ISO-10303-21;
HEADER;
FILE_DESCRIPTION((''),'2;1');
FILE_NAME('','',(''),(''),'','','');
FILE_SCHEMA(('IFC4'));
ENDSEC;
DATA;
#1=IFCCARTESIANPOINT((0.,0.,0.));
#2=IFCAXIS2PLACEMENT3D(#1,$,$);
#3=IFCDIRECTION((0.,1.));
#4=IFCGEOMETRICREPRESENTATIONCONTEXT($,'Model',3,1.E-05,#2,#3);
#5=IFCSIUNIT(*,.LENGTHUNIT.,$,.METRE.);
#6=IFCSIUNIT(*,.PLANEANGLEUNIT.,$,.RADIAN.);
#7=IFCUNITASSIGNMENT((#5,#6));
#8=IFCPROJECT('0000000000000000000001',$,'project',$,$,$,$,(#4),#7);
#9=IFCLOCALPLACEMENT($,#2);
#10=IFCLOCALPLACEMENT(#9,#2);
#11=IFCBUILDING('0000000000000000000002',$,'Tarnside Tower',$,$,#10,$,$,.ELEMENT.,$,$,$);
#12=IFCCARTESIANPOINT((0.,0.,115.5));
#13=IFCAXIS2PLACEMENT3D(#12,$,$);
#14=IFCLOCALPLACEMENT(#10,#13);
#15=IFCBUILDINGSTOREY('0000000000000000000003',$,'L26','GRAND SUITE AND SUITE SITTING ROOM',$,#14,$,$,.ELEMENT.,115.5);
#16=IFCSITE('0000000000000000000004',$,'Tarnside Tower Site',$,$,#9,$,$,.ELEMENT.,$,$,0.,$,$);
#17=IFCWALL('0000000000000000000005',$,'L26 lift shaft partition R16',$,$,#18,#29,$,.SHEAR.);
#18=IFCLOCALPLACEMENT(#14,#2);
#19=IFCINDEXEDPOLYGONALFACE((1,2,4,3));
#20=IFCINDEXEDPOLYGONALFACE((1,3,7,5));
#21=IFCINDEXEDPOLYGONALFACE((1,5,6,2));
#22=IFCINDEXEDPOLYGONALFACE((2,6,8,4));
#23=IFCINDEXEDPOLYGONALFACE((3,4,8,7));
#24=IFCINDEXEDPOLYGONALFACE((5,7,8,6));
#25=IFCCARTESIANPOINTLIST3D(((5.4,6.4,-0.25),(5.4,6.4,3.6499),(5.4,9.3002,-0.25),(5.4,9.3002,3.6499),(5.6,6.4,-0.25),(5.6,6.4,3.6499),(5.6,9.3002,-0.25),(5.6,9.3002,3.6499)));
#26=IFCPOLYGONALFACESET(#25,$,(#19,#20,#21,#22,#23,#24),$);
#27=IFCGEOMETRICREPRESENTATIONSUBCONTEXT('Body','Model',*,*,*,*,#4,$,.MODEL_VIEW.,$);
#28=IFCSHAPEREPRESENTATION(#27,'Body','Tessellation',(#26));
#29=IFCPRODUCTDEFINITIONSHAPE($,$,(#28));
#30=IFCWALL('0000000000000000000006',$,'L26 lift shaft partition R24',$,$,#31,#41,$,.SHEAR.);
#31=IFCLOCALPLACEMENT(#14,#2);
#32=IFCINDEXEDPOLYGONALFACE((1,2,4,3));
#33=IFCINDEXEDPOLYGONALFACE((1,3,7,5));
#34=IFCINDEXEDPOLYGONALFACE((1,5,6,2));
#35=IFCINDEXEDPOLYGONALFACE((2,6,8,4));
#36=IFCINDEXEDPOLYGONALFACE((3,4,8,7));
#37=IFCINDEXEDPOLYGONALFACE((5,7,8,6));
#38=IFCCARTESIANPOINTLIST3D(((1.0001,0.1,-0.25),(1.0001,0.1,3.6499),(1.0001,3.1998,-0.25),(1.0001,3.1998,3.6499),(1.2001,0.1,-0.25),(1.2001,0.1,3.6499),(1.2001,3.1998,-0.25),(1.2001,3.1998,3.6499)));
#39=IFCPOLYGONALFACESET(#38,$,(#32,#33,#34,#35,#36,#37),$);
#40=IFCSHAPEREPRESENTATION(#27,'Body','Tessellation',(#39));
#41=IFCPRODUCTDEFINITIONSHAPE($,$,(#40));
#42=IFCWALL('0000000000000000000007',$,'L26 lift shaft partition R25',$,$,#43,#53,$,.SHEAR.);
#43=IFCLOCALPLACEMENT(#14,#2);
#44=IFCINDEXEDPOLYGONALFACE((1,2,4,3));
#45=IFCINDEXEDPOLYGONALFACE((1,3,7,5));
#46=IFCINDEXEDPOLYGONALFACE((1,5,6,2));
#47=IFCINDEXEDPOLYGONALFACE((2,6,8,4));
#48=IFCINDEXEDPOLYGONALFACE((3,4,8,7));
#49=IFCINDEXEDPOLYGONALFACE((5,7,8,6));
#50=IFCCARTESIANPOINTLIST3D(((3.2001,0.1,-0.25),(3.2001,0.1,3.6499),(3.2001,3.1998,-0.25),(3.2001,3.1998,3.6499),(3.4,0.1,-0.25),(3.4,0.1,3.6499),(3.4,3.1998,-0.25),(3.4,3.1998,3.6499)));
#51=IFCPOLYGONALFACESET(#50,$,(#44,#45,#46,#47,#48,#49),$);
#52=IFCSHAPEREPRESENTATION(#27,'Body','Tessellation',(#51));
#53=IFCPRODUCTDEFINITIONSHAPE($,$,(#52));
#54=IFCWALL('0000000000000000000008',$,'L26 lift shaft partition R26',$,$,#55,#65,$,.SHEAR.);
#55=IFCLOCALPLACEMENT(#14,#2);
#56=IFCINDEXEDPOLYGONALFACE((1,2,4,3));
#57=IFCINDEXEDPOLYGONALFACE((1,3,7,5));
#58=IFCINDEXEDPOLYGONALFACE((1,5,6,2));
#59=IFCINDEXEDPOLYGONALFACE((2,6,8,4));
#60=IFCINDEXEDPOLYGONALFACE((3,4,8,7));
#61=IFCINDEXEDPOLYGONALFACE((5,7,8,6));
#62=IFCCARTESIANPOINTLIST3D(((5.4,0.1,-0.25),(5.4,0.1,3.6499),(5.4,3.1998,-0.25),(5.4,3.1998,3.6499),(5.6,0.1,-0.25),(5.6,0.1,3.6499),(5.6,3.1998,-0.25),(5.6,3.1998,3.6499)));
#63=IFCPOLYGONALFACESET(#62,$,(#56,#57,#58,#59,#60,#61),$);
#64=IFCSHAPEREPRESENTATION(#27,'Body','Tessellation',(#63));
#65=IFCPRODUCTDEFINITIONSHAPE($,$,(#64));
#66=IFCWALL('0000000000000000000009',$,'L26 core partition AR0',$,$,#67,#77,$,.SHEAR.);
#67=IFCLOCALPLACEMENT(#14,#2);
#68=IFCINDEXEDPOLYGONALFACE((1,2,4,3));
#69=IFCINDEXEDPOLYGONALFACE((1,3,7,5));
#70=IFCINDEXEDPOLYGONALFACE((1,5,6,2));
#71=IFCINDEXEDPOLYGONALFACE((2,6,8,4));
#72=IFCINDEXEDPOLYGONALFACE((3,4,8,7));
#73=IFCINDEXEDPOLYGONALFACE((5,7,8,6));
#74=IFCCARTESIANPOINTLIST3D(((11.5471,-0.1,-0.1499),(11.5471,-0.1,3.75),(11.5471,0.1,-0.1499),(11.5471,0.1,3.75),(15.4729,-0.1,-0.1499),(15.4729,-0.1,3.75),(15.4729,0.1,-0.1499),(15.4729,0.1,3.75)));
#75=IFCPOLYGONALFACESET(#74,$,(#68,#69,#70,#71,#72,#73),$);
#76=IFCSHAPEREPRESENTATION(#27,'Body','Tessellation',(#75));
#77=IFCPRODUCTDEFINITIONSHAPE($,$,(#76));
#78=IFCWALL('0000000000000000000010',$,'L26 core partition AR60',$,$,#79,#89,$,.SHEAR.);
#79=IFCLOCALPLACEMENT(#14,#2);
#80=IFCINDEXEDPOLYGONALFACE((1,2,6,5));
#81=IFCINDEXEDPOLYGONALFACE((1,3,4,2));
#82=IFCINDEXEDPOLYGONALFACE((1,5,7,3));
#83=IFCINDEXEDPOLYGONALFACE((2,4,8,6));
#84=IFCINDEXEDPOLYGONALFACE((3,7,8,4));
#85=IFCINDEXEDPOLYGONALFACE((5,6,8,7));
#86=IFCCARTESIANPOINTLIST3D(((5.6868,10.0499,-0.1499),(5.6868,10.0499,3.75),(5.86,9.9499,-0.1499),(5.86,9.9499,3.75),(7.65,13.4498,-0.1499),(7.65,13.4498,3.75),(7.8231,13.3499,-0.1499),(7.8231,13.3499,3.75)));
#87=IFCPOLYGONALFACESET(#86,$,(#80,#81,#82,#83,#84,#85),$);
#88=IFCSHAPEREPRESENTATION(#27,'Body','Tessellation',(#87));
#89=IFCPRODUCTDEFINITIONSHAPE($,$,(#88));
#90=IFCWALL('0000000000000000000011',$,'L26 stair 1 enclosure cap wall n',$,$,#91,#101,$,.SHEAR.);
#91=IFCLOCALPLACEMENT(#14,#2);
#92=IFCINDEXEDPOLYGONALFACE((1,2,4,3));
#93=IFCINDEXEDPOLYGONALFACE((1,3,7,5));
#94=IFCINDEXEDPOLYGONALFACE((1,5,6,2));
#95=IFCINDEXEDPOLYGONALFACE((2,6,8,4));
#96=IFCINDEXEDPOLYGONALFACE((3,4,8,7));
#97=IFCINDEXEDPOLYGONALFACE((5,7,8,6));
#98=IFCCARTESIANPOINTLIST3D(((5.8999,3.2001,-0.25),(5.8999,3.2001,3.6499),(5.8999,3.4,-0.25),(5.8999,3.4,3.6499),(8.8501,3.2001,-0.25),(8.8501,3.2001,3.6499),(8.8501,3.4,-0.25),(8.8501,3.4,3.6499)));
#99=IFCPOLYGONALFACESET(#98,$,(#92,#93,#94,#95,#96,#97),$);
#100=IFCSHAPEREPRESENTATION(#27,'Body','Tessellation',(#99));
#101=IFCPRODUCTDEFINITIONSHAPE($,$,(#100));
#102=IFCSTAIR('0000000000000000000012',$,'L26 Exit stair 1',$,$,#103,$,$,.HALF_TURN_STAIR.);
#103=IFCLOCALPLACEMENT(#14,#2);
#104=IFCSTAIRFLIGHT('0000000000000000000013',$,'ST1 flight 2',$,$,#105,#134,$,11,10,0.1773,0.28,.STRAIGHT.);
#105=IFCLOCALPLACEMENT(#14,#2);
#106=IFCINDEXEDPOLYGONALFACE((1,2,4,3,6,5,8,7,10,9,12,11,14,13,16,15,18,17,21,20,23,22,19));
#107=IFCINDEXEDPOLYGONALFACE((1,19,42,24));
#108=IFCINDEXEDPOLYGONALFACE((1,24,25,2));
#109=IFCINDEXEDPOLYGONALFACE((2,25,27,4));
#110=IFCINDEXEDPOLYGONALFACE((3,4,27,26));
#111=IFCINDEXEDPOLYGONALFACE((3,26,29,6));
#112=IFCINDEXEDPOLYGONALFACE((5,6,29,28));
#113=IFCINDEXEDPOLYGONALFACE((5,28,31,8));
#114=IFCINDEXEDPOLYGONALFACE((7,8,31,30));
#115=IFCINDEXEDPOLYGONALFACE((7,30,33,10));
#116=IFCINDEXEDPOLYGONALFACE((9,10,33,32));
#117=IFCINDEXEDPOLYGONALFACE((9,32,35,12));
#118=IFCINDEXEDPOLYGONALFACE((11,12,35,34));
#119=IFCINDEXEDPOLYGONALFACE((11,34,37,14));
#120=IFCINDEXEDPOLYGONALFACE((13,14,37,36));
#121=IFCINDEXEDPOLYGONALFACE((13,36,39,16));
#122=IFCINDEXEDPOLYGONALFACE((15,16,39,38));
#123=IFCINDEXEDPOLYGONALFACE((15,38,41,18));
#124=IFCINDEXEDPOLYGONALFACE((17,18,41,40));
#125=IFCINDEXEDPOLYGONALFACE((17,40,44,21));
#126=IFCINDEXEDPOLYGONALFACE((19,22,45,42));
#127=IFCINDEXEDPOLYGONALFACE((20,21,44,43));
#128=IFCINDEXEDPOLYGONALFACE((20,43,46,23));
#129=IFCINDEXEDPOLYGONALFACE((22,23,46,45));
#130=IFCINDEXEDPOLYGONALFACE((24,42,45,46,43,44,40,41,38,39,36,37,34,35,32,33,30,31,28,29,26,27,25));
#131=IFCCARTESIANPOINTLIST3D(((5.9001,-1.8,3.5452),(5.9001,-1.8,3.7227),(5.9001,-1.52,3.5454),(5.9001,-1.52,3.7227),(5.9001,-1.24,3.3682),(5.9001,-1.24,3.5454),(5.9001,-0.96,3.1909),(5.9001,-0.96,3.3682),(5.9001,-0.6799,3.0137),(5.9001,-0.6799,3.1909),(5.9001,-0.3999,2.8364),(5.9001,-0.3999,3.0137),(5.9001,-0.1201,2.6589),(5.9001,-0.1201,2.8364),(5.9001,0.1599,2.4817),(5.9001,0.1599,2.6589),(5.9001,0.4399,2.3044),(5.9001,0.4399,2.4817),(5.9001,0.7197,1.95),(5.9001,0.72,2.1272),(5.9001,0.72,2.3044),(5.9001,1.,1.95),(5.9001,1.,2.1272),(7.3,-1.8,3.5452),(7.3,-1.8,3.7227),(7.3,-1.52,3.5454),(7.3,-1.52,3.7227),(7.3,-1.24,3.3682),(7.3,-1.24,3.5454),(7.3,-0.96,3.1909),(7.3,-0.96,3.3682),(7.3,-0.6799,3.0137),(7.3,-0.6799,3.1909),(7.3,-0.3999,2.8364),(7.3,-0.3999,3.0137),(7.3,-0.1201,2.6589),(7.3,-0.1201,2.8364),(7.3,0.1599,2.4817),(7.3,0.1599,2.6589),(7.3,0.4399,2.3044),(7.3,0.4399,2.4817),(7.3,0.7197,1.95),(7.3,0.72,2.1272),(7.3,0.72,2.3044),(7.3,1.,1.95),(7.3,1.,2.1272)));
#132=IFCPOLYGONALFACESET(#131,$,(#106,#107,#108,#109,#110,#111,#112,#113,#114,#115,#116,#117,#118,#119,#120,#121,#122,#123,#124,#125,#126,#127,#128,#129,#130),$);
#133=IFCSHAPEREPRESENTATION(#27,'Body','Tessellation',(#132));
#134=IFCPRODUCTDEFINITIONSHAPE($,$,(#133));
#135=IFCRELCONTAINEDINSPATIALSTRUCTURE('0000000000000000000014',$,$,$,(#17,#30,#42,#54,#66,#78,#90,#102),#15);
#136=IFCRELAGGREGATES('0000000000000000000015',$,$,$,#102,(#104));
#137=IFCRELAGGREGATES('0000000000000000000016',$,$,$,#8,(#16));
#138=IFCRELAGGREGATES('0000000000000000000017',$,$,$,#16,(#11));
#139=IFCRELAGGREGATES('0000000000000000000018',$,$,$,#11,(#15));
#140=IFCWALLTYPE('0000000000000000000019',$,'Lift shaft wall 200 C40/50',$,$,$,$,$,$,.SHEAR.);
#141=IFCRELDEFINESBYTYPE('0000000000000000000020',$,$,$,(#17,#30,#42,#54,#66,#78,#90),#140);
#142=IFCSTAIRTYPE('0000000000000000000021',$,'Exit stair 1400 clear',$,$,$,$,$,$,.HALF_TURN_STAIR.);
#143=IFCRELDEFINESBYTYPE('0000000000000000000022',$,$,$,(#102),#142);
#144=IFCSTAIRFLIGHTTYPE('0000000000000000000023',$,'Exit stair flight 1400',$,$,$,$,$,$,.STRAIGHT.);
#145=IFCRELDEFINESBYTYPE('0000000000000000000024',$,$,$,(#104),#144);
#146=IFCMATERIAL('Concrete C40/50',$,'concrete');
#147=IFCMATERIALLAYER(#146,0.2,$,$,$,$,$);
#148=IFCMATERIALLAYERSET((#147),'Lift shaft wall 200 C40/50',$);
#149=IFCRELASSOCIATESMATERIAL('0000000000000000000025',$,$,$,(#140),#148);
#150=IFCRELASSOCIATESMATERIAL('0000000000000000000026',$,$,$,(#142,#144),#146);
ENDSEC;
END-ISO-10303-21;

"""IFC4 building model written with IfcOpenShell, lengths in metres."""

from ifc_helpers import new_model, si_unit, direction, frame, frame_2d, origin, place, context, subcontext, project, spatial, polyline, rectangle, outline, extrude, material, layer, layer_set, type_object, element, aggregate, save


model = new_model("IFC4")

# Units and contexts
model_context = context("Model", 3, precision=1e-05, world=origin(), true_north=direction((0.0, 1.0)))
body_context = subcontext(model_context, "Body", "Model", "MODEL_VIEW")
ifc_project = project(units=[si_unit("LENGTHUNIT", "METRE"), si_unit("PLANEANGLEUNIT", "RADIAN")], contexts=[model_context])

# Site, building, storey
site_placement = place(None, origin())
site = spatial("IfcSite", under=ifc_project, at=site_placement, Name="Tarnside Tower Site", CompositionType="ELEMENT", RefElevation=0.0)
building_placement = place(site_placement, origin())
building = spatial("IfcBuilding", under=site, at=building_placement, Name="Tarnside Tower", CompositionType="ELEMENT")
storey_placement = place(building_placement, frame((0.0, 0.0, 115.5)))
storey = spatial("IfcBuildingStorey", under=building, at=storey_placement, Name="L26", Description="GRAND SUITE AND SUITE SITTING ROOM", CompositionType="ELEMENT", Elevation=115.5)

# Shared definitions
ifc_material_1 = material(Name="Concrete C40/50", Category="concrete")

# Walls
ifc_layer_1 = layer(ifc_material_1, 0.2)
ifc_layer_set_1 = layer_set([ifc_layer_1], Name="Lift shaft wall 200 C40/50")
wall_type_1 = type_object("IfcWallType", Name="Lift shaft wall 200 C40/50", PredefinedType="SHEAR", material=ifc_layer_set_1)
for number, where, z_axis, x_axis, name in (
    (1, (5.5, 6.3999, -0.25), (0.0, 0.0, 1.0), (0.0, 1.0, 0.0), "L26 lift shaft partition R16"),
):
    element("IfcWall", number, at=place(storey_placement, frame(where, z_axis=z_axis, x_axis=x_axis)), inside=storey, type_object=wall_type_1, Name=name, PredefinedType="SHEAR", context=body_context, shape_type="SweptSolid", body=[
        extrude(rectangle(XDim=2.9001, YDim=0.2, at=frame_2d((1.4502, 0.0))), origin(), (0.0, 0.0, 1.0), 3.8999),
    ])
for number, where, z_axis, x_axis, name in (
    (2, (1.1001, 0.1001, -0.25), (0.0, 0.0, 1.0), (0.0, 1.0, 0.0), "L26 lift shaft partition R24"),
    (3, (3.3, 0.1001, -0.25), (0.0, 0.0, 1.0), (0.0, 1.0, 0.0), "L26 lift shaft partition R25"),
    (4, (5.5, 0.1001, -0.25), (0.0, 0.0, 1.0), (0.0, 1.0, 0.0), "L26 lift shaft partition R26"),
):
    element("IfcWall", number, at=place(storey_placement, frame(where, z_axis=z_axis, x_axis=x_axis)), inside=storey, type_object=wall_type_1, Name=name, PredefinedType="SHEAR", context=body_context, shape_type="SweptSolid", body=[
        extrude(rectangle(XDim=3.0999, YDim=0.2, at=frame_2d((1.5498, 0.0))), origin(), (0.0, 0.0, 1.0), 3.8999),
    ])
wall_1_placement = place(storey_placement, frame((11.5471, 0.0, -0.1499), z_axis=(0.0, 0.0, 1.0), x_axis=(1.0, 0.0, 0.0)))
element("IfcWall", 5, at=wall_1_placement, inside=storey, type_object=wall_type_1, Name="L26 core partition AR0", PredefinedType="SHEAR", context=body_context, shape_type="SweptSolid", body=[
    extrude(rectangle(XDim=3.9258, YDim=0.2, at=frame_2d((1.9629, 0.0))), origin(), (0.0, 0.0, 1.0), 3.8999),
])
wall_2_placement = place(storey_placement, frame((5.7734, 10.0, -0.1499), z_axis=(0.0, 0.0, 1.0), x_axis=(0.500038, 0.866003, 0.0)))
element("IfcWall", 6, at=wall_2_placement, inside=storey, type_object=wall_type_1, Name="L26 core partition AR60", PredefinedType="SHEAR", context=body_context, shape_type="SweptSolid", body=[
    extrude(rectangle(XDim=3.926, YDim=0.2, at=frame_2d((1.9629, 0.0))), origin(), (0.0, 0.0, 1.0), 3.8999),
])
wall_3_placement = place(storey_placement, frame((5.8999, 3.3, -0.25), z_axis=(0.0, 0.0, 1.0), x_axis=(1.0, 0.0, 0.0)))
element("IfcWall", 7, at=wall_3_placement, inside=storey, type_object=wall_type_1, Name="L26 stair 1 enclosure cap wall n", PredefinedType="SHEAR", context=body_context, shape_type="SweptSolid", body=[
    extrude(rectangle(XDim=2.9502, YDim=0.2, at=frame_2d((1.4751, 0.0))), origin(), (0.0, 0.0, 1.0), 3.8999),
])

# Stair, stair flight
stair_type = type_object("IfcStairType", Name="Exit stair 1400 clear", PredefinedType="HALF_TURN_STAIR", material=ifc_material_1)
stair_placement = place(storey_placement, origin())
stair = element("IfcStair", 8, at=stair_placement, inside=storey, type_object=stair_type, Name="L26 Exit stair 1", PredefinedType="HALF_TURN_STAIR")
stair_flight_type = type_object("IfcStairFlightType", Name="Exit stair flight 1400", PredefinedType="STRAIGHT", material=ifc_material_1)
stair_flight_placement = place(storey_placement, frame((6.6001, 1.0, 1.95), z_axis=(0.0, 0.0, 1.0), x_axis=(0.0, -1.0, 0.0)))
stair_flight = element("IfcStairFlight", 9, at=stair_flight_placement, type_object=stair_flight_type, Name="ST1 flight 2", NumberOfRisers=11, NumberOfTreads=10, PredefinedType="STRAIGHT", RiserHeight=0.1773, TreadLength=0.28, context=body_context, shape_type="SweptSolid", body=[
    extrude(outline(polyline([(0.0, 0.0), (0.0, 0.1772), (0.28, 0.1772), (0.28, 0.3545), (0.5601, 0.3545), (0.5601, 0.5317), (0.8401, 0.5317), (0.8401, 0.709), (1.1201, 0.709), (1.1201, 0.8865), (1.3999, 0.8865), (1.3999, 1.0637), (1.6799, 1.0637), (1.6799, 1.241), (1.96, 1.241), (1.96, 1.4182), (2.24, 1.4182), (2.24, 1.5955), (2.52, 1.5955), (2.52, 1.7727), (2.8, 1.7727), (2.8, 1.95), (2.8, 1.5952), (0.2803, 0.0), (0.0, 0.0)])), frame((0.0, 0.7, 0.0), z_axis=(0.0, -1.0, 0.0), x_axis=(1.0, 0.0, 0.0)), (0.0, 0.0, 1.0), 1.3999),
])
aggregate(stair, [stair_flight])

save(model, "model.ifc")
